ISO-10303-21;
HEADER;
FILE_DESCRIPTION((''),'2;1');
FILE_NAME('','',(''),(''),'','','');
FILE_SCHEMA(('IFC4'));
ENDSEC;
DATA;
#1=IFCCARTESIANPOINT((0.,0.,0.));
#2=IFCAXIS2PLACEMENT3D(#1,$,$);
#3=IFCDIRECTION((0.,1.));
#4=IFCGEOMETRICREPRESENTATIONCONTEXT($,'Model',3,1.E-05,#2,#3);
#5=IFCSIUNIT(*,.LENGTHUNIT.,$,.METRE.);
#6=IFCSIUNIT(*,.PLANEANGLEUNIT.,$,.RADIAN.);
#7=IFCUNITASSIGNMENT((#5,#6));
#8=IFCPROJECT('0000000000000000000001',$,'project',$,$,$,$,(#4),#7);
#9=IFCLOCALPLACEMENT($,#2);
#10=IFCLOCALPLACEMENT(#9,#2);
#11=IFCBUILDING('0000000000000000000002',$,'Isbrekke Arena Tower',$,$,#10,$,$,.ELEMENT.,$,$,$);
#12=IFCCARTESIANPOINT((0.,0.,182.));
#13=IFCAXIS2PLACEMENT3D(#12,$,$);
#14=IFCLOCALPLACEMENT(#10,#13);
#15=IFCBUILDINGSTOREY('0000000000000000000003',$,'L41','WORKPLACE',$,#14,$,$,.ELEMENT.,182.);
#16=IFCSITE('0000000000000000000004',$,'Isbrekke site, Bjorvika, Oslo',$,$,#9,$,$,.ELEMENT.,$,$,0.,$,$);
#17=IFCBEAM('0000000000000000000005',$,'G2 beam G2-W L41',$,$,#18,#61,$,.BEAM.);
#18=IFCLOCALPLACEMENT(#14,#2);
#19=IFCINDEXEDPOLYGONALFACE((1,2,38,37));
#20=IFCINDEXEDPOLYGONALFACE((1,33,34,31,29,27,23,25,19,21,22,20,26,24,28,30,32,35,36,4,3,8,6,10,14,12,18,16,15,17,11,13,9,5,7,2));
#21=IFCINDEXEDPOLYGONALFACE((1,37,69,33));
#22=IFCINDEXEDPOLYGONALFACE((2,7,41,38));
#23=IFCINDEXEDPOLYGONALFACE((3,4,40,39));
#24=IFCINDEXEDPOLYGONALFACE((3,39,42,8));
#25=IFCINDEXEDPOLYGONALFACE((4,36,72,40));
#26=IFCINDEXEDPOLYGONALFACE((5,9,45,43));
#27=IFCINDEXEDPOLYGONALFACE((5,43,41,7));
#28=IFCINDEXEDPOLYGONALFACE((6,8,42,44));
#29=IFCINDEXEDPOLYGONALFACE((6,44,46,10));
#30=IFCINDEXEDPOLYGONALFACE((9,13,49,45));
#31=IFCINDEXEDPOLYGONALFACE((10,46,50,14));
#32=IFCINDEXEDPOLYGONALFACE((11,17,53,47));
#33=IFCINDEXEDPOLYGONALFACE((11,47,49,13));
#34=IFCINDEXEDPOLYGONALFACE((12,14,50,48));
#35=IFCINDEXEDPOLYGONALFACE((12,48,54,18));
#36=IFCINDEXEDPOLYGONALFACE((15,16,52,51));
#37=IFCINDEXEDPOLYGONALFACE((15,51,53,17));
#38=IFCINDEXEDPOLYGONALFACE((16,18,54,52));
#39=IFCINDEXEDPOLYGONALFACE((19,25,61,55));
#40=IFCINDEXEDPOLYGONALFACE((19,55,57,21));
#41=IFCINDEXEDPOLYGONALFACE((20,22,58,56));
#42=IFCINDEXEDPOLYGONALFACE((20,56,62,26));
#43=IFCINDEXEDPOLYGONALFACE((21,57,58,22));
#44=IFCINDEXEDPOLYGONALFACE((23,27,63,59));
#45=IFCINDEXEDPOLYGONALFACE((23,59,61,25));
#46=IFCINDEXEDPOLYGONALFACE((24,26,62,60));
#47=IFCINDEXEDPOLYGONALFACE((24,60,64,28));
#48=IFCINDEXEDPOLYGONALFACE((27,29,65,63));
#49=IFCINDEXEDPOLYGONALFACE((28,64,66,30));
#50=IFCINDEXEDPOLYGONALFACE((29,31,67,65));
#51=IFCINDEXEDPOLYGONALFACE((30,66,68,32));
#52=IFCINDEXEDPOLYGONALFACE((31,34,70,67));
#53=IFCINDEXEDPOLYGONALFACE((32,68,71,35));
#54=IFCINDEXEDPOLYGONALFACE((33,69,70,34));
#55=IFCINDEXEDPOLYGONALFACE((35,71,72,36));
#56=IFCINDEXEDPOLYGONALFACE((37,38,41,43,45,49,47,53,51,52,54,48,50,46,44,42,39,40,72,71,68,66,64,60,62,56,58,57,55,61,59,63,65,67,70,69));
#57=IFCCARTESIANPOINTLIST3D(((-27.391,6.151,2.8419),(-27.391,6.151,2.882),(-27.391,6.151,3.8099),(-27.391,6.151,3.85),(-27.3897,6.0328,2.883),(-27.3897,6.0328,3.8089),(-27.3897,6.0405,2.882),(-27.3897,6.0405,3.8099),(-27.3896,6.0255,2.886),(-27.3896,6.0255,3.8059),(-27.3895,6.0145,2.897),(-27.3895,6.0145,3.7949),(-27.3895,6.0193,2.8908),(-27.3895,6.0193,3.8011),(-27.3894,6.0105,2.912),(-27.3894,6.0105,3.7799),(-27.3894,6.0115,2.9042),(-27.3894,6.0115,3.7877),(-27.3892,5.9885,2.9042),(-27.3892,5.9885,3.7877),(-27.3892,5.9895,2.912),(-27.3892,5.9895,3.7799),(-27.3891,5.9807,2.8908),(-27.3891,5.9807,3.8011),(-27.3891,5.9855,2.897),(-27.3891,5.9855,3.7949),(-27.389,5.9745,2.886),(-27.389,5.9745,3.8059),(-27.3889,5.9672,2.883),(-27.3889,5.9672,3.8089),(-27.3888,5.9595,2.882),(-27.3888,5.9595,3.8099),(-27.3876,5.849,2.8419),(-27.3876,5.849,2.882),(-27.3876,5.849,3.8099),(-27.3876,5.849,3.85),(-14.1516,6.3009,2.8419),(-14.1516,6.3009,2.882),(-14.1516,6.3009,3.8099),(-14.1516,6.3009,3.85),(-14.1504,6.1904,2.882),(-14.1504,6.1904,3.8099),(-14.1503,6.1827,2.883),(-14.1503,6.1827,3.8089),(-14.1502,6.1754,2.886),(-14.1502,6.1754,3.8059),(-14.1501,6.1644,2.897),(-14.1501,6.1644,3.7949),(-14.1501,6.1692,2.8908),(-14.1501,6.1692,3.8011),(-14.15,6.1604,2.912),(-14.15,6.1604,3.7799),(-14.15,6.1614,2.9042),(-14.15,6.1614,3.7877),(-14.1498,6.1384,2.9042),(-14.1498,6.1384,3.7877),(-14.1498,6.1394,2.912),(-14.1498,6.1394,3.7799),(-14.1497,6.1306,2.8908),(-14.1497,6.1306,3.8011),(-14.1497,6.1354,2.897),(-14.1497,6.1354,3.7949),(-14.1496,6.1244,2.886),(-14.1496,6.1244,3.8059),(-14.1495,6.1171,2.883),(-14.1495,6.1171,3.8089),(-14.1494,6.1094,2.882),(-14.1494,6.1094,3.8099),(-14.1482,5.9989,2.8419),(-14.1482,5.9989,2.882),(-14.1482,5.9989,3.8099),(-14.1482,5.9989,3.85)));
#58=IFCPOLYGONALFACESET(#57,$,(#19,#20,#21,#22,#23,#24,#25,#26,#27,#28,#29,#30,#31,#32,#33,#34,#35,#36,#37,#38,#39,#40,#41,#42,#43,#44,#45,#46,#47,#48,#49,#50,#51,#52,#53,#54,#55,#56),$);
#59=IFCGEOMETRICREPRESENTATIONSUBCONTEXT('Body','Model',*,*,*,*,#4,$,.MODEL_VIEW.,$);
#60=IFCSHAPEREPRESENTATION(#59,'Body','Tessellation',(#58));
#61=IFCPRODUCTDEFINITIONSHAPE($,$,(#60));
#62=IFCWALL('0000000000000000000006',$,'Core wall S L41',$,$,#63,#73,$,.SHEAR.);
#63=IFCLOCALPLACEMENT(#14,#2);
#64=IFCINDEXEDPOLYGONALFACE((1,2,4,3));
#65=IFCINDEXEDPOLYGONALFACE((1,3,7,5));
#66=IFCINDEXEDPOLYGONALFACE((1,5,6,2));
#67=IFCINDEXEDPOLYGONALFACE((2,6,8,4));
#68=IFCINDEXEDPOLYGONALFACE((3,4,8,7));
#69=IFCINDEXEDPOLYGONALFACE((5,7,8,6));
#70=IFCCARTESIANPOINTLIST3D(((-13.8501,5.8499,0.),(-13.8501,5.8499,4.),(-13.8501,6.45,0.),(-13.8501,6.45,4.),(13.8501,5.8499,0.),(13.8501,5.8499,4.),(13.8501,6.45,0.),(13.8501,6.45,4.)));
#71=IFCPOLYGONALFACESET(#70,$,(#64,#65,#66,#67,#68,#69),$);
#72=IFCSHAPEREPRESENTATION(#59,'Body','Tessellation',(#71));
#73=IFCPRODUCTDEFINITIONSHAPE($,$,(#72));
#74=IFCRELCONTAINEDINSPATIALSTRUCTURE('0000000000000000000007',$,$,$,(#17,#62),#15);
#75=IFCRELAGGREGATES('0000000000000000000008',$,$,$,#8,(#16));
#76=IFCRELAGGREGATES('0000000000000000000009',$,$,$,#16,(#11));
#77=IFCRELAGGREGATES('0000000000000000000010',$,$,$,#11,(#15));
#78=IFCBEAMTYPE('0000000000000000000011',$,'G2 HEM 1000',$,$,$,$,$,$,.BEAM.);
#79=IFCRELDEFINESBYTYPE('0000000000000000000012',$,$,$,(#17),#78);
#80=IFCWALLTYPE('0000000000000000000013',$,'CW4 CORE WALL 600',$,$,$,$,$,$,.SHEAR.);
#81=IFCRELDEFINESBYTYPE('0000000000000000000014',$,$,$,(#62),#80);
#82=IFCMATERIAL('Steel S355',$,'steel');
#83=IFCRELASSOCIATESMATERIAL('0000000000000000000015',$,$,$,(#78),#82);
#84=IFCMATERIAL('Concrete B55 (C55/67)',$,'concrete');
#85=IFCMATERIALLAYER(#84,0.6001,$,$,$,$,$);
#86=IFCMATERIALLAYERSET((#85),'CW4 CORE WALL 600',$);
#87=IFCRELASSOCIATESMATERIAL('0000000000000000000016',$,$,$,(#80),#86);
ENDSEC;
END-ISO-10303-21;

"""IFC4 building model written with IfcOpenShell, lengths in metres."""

from ifc_helpers import new_model, si_unit, direction, frame, frame_2d, origin, origin_2d, place, context, subcontext, project, spatial, rectangle, i_section, extrude, material, layer, layer_set, material_profile, profile_set, type_object, element, save


model = new_model("IFC4")

# Units and contexts
model_context = context("Model", 3, precision=1e-05, world=origin(), true_north=direction((0.0, 1.0)))
body_context = subcontext(model_context, "Body", "Model", "MODEL_VIEW")
ifc_project = project(units=[si_unit("LENGTHUNIT", "METRE"), si_unit("PLANEANGLEUNIT", "RADIAN")], contexts=[model_context])

# Site, building, storey
site_placement = place(None, origin())
site = spatial("IfcSite", under=ifc_project, at=site_placement, Name="Isbrekke site, Bjorvika, Oslo", CompositionType="ELEMENT", RefElevation=0.0)
building_placement = place(site_placement, origin())
building = spatial("IfcBuilding", under=site, at=building_placement, Name="Isbrekke Arena Tower", CompositionType="ELEMENT")
storey_placement = place(building_placement, frame((0.0, 0.0, 182.0)))
storey = spatial("IfcBuildingStorey", under=building, at=storey_placement, Name="L41", Description="WORKPLACE", CompositionType="ELEMENT", Elevation=182.0)

# Beam
ifc_material_1 = material(Name="Steel S355", Category="steel")
ifc_material_profile = material_profile(ifc_material_1, i_section(OverallWidth=0.302, OverallDepth=1.0081, WebThickness=0.021, FlangeThickness=0.04, FilletRadius=0.03, at=origin_2d()), Name="HEM 1000")
ifc_profile_set = profile_set([ifc_material_profile], Name="Steel S355")
beam_type = type_object("IfcBeamType", Name="G2 HEM 1000", PredefinedType="BEAM", material=ifc_profile_set)
beam_placement = place(storey_placement, frame((-14.1499, 6.1499, 3.3459), z_axis=(-0.999936, -0.011322, 0.0), x_axis=(0.011322, -0.999936, 0.0)))
element("IfcBeam", 1, at=beam_placement, inside=storey, type_object=beam_type, Name="G2 beam G2-W L41", PredefinedType="BEAM", context=body_context, shape_type="SweptSolid", body=[
    extrude(i_section(OverallWidth=0.302, OverallDepth=1.0081, WebThickness=0.021, FlangeThickness=0.04, FilletRadius=0.03, at=origin_2d()), origin(), (0.0, 0.0, 1.0), 13.2402),
])

# Wall
ifc_material_2 = material(Name="Concrete B55 (C55/67)", Category="concrete")
ifc_layer_1 = layer(ifc_material_2, 0.6001)
ifc_layer_set_1 = layer_set([ifc_layer_1], Name="CW4 CORE WALL 600")
wall_type_1 = type_object("IfcWallType", Name="CW4 CORE WALL 600", PredefinedType="SHEAR", material=ifc_layer_set_1)
wall_1_placement = place(storey_placement, frame((-13.8501, 6.1499, 0.0), z_axis=(0.0, 0.0, 1.0), x_axis=(1.0, 0.0, 0.0)))
element("IfcWall", 2, at=wall_1_placement, inside=storey, type_object=wall_type_1, Name="Core wall S L41", PredefinedType="SHEAR", context=body_context, shape_type="SweptSolid", body=[
    extrude(rectangle(XDim=27.7002, YDim=0.6001, at=frame_2d((13.8501, 0.0))), origin(), (0.0, 0.0, 1.0), 4.0),
])

save(model, "model.ifc")
